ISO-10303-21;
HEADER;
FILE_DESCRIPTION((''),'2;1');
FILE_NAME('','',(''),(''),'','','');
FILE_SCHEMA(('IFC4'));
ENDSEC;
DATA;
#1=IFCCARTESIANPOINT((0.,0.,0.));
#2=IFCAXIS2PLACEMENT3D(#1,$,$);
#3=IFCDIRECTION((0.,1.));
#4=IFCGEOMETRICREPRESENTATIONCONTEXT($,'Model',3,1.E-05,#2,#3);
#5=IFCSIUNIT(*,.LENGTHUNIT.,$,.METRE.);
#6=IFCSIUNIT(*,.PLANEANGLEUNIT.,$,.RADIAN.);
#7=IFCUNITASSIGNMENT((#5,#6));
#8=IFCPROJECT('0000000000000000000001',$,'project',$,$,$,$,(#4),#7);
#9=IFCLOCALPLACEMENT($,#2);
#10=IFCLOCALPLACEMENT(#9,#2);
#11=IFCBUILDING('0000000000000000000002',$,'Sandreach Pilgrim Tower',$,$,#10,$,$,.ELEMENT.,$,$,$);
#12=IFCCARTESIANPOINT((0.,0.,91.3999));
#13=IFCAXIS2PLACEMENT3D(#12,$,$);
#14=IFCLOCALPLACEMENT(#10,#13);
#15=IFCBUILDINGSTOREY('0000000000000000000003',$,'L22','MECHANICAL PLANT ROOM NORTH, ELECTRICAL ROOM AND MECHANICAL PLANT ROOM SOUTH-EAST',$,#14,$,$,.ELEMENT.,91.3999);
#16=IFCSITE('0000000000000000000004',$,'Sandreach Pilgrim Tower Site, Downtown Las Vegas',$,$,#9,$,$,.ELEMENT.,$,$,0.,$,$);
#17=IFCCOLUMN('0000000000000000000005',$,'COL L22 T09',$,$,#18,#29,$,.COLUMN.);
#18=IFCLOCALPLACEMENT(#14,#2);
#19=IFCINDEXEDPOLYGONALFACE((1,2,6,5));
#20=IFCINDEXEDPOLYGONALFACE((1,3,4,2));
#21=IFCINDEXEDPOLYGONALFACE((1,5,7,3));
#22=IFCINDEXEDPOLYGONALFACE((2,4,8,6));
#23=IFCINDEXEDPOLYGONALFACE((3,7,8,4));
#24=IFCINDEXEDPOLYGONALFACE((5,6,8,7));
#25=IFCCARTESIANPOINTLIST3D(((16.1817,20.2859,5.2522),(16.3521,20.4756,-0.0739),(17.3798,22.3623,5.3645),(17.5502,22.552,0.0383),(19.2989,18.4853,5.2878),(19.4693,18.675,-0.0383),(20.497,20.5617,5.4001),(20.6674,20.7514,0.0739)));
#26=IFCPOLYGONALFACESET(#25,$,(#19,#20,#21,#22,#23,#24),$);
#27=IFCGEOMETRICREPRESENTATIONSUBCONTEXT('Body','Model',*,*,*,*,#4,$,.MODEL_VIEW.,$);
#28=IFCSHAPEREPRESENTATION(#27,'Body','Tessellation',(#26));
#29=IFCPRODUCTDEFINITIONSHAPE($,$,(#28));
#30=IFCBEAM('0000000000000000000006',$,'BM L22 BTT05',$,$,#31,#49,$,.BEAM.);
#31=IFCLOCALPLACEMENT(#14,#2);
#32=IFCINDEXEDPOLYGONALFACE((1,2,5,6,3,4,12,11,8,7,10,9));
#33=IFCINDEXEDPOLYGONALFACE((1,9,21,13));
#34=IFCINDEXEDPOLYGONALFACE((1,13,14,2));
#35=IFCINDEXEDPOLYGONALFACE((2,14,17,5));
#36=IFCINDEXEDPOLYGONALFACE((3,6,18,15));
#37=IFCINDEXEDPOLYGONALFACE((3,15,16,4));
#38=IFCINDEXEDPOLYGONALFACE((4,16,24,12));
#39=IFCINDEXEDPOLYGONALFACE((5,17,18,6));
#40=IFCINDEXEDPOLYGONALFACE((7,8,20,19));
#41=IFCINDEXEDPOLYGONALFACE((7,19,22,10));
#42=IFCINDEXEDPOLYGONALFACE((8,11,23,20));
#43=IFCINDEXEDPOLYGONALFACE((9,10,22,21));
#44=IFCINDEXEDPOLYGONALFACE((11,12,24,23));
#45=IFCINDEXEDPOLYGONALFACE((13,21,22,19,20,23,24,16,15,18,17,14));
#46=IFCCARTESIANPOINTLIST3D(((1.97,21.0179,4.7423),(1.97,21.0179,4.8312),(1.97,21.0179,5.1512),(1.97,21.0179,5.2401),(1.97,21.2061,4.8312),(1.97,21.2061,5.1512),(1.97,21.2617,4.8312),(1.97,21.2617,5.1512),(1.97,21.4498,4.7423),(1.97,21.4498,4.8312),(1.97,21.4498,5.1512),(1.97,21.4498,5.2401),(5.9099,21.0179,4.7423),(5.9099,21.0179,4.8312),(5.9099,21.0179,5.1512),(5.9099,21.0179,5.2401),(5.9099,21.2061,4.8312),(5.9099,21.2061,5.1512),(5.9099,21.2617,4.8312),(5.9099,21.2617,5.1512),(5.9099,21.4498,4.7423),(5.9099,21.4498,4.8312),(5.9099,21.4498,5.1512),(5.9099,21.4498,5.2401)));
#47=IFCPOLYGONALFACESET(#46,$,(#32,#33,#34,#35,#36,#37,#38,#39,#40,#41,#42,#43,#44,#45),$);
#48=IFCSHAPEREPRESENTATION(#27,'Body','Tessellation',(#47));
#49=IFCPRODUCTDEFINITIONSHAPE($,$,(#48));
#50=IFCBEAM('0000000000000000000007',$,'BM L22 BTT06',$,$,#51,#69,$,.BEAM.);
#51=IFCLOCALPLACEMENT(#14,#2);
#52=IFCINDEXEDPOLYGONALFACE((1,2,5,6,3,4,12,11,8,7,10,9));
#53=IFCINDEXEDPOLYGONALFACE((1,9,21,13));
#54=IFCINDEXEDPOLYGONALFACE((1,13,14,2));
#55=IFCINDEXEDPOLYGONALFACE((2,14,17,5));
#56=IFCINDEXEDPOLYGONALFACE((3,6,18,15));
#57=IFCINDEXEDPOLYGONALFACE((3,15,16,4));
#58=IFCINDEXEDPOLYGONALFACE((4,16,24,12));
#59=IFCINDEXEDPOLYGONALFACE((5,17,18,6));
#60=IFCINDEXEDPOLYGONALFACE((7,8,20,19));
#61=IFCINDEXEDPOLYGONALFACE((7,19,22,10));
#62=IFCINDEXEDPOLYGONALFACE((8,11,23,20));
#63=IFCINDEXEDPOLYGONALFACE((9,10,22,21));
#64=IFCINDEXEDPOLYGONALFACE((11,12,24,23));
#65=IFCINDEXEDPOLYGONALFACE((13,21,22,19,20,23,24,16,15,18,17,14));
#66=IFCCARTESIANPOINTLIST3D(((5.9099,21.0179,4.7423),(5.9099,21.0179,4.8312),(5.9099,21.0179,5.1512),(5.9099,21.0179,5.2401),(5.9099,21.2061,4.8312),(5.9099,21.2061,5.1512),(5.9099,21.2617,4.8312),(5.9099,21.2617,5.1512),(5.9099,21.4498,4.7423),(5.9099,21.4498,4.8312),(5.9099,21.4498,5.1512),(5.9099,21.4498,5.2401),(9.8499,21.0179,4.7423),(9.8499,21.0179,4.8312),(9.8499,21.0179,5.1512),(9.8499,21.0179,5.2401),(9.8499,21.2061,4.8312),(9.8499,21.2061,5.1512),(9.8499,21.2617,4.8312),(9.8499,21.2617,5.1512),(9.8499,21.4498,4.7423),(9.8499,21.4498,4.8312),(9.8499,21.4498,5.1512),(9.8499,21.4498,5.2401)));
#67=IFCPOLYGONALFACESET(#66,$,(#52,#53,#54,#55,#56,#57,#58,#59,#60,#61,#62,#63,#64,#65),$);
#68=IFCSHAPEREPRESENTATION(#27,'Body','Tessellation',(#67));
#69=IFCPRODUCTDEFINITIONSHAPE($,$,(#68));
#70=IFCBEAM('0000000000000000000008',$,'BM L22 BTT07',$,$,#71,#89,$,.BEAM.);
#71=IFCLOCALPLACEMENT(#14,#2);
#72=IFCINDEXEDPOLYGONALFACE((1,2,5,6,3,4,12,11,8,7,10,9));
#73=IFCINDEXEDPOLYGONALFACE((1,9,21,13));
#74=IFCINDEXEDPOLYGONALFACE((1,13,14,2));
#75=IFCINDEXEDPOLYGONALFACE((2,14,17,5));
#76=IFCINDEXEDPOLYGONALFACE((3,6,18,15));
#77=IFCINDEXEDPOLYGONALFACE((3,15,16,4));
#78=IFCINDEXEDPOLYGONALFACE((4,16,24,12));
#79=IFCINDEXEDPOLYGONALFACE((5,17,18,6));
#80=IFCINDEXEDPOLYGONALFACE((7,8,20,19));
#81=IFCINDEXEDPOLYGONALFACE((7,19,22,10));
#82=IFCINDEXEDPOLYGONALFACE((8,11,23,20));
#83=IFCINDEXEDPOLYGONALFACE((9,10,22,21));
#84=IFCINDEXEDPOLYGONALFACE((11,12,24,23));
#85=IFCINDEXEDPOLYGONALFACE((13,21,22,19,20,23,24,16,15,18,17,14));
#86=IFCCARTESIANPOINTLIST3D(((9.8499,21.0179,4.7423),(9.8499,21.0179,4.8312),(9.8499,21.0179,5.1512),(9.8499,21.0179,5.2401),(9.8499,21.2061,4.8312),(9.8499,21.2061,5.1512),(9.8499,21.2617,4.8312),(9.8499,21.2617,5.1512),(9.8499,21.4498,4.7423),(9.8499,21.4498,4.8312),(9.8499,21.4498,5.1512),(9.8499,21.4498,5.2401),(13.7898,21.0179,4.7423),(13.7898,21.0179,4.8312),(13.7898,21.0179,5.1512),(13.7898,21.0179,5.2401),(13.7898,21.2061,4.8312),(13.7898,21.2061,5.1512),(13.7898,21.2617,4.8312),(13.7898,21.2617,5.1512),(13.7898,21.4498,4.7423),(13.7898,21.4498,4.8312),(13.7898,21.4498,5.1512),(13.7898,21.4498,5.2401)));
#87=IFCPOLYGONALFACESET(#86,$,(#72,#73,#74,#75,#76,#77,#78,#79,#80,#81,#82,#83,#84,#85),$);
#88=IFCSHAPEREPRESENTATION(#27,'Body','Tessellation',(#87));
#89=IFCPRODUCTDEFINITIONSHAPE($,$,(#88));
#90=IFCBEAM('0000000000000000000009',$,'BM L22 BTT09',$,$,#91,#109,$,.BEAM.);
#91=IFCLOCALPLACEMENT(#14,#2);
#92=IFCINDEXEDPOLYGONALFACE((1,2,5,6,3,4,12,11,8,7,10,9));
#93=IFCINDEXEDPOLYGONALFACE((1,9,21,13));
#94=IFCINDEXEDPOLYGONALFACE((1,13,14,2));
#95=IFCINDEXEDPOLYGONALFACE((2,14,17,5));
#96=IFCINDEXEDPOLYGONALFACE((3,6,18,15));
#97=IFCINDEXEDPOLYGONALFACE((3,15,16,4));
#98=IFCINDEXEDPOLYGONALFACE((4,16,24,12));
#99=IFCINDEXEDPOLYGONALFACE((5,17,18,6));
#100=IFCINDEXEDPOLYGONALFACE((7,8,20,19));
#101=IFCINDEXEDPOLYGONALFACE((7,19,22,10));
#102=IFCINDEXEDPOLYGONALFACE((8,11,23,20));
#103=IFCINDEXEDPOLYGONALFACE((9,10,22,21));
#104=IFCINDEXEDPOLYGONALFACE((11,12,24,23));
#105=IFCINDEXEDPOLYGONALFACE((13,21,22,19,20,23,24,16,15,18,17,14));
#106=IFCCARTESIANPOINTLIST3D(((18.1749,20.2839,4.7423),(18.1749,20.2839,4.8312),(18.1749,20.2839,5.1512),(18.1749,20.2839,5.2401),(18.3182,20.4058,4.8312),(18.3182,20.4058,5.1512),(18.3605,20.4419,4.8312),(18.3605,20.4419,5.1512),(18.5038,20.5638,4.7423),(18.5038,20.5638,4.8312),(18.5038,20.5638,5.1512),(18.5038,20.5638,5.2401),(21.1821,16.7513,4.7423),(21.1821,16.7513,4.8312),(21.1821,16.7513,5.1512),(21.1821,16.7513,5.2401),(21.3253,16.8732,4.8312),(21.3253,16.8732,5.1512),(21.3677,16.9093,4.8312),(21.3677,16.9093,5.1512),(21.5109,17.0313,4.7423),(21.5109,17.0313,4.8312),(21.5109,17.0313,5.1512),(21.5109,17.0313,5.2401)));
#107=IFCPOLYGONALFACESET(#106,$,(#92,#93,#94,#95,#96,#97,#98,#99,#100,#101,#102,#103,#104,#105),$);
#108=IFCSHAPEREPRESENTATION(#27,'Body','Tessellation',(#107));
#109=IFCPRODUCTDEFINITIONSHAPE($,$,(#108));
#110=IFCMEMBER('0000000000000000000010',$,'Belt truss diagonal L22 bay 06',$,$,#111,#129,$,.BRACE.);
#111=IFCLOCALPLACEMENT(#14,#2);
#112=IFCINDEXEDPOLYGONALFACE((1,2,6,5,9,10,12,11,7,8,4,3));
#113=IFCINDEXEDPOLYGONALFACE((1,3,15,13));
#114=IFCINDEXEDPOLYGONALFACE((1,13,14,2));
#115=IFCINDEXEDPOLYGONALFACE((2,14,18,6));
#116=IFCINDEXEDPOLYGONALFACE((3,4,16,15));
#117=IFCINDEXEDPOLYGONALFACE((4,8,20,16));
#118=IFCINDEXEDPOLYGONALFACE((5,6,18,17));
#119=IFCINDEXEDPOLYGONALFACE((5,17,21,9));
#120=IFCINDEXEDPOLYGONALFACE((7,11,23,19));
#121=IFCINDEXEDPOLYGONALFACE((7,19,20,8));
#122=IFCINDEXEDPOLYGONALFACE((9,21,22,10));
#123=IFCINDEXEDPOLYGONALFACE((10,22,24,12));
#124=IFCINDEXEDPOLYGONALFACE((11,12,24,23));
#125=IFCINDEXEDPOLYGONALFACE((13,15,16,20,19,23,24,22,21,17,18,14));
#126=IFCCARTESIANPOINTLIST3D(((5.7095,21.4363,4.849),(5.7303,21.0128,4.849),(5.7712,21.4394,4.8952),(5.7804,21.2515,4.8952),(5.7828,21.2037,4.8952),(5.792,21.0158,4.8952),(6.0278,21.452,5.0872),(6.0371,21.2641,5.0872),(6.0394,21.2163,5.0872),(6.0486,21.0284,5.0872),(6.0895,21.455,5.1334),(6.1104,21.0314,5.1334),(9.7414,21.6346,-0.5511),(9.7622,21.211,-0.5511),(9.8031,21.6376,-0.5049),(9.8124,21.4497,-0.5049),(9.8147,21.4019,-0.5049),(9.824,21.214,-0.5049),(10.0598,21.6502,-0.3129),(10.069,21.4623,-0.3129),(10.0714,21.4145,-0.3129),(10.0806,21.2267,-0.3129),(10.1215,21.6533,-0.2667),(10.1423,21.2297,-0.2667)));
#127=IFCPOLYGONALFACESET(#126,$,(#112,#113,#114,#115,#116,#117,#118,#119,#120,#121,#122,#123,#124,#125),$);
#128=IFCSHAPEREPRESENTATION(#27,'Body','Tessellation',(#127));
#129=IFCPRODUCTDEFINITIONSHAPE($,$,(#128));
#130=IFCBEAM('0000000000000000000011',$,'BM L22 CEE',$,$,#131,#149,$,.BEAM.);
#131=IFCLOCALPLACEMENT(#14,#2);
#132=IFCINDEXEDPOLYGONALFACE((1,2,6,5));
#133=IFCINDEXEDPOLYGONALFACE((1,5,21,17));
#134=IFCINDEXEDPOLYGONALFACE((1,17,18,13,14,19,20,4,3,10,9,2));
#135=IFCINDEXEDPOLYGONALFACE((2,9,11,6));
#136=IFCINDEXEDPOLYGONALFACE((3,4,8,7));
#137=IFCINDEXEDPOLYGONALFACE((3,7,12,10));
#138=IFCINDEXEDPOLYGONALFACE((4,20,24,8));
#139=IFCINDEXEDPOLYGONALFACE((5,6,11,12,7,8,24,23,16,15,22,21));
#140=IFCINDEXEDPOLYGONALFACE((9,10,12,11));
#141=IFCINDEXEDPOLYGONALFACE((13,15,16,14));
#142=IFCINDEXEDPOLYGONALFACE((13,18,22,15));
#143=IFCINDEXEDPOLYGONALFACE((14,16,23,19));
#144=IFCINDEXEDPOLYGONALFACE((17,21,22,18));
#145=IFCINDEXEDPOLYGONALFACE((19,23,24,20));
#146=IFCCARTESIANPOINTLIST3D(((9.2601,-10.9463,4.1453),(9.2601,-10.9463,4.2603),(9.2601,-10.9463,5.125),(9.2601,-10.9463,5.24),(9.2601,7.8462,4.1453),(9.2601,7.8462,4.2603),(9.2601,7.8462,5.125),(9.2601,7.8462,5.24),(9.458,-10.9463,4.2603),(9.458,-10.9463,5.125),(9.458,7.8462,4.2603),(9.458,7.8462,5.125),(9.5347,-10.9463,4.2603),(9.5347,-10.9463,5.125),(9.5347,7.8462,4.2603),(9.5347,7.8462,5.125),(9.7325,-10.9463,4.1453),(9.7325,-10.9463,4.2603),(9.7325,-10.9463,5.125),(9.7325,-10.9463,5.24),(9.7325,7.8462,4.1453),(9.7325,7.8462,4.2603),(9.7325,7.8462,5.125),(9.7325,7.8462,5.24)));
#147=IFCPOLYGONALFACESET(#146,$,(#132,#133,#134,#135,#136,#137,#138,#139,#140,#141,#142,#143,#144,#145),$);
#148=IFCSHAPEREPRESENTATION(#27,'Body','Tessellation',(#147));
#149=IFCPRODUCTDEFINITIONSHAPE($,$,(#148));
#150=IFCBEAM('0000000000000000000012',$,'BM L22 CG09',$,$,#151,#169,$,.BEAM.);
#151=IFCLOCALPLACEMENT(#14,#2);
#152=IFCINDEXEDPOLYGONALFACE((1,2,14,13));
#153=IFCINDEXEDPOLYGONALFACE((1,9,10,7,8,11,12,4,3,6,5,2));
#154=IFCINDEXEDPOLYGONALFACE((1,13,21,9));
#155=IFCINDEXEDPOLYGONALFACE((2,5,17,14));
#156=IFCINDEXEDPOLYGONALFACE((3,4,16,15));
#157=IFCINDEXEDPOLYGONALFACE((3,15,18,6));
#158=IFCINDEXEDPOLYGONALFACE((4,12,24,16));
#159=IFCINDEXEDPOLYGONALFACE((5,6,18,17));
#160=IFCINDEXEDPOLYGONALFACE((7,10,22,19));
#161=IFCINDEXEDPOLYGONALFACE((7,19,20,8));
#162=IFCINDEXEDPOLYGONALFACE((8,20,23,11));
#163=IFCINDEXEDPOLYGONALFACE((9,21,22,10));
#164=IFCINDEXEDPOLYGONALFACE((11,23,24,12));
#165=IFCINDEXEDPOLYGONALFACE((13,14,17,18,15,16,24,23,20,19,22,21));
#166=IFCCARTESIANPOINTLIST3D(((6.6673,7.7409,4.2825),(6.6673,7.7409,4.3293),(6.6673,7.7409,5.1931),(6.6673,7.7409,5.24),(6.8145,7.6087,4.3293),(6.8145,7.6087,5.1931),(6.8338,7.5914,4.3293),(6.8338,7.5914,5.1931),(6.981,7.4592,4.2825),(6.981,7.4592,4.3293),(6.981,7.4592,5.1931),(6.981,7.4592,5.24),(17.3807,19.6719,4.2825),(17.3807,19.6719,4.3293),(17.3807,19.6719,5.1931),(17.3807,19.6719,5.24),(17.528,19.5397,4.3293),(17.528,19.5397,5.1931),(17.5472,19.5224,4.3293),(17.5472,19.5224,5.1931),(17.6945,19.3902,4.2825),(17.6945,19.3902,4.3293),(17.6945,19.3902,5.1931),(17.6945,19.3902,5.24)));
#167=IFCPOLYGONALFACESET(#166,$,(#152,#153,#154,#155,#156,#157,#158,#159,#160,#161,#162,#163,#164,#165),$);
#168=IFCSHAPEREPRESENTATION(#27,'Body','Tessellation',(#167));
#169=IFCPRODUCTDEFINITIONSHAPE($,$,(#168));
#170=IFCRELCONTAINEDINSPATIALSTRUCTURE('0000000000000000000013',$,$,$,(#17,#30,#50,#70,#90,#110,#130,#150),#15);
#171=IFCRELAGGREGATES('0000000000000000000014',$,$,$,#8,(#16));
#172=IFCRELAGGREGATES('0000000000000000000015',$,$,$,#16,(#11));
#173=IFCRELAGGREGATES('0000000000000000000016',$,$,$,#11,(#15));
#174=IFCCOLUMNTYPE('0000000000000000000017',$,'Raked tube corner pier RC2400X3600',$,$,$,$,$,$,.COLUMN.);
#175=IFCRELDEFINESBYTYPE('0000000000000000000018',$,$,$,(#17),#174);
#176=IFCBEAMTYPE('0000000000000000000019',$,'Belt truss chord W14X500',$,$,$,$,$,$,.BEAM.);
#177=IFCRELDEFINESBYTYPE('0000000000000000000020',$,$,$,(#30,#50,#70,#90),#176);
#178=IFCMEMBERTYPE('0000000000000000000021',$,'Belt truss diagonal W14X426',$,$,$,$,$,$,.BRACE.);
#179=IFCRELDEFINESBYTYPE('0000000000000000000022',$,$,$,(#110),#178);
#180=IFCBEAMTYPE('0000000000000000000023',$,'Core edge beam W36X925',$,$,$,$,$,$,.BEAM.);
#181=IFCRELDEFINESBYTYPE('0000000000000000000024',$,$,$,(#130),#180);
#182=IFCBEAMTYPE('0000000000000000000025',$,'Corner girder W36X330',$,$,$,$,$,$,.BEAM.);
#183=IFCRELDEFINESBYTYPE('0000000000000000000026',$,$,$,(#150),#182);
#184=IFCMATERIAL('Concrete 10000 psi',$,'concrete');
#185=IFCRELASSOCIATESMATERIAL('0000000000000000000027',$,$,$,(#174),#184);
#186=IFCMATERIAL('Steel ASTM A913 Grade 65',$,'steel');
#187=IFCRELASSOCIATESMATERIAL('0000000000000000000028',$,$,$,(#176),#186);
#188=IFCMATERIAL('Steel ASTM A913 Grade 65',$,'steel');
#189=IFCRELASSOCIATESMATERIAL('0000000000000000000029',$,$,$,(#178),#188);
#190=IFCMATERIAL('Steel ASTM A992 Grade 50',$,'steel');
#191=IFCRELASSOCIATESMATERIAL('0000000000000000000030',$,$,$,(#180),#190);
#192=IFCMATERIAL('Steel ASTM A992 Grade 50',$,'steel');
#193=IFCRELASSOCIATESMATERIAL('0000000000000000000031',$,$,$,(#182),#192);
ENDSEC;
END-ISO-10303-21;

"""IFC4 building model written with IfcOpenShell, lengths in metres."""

from ifc_helpers import new_model, si_unit, direction, frame, origin, origin_2d, place, context, subcontext, project, spatial, rectangle, i_section, extrude, material, material_profile, profile_set, type_object, element, save


model = new_model("IFC4")

# Units and contexts
model_context = context("Model", 3, precision=1e-05, world=origin(), true_north=direction((0.0, 1.0)))
body_context = subcontext(model_context, "Body", "Model", "MODEL_VIEW")
ifc_project = project(units=[si_unit("LENGTHUNIT", "METRE"), si_unit("PLANEANGLEUNIT", "RADIAN")], contexts=[model_context])

# Site, building, storey
site_placement = place(None, origin())
site = spatial("IfcSite", under=ifc_project, at=site_placement, Name="Sandreach Pilgrim Tower Site, Downtown Las Vegas", CompositionType="ELEMENT", RefElevation=0.0)
building_placement = place(site_placement, origin())
building = spatial("IfcBuilding", under=site, at=building_placement, Name="Sandreach Pilgrim Tower", CompositionType="ELEMENT")
storey_placement = place(building_placement, frame((0.0, 0.0, 91.3999)))
storey = spatial("IfcBuildingStorey", under=building, at=storey_placement, Name="L22", Description="MECHANICAL PLANT ROOM NORTH, ELECTRICAL ROOM AND MECHANICAL PLANT ROOM SOUTH-EAST", CompositionType="ELEMENT", Elevation=91.3999)

# Column
ifc_material_1 = material(Name="Concrete 10000 psi", Category="concrete")
ifc_material_profile_1 = material_profile(ifc_material_1, rectangle(XDim=2.3999, YDim=3.6001, at=origin_2d()), Name="RC2400X3600")
ifc_profile_set_1 = profile_set([ifc_material_profile_1], Name="Concrete 10000 psi")
column_type = type_object("IfcColumnType", Name="Raked tube corner pier RC2400X3600", PredefinedType="COLUMN", material=ifc_profile_set_1)
column_placement = place(storey_placement, frame((18.5098, 20.6135, 0.0), z_axis=(-0.031958, -0.035575, 0.998856), x_axis=(0.499237, 0.865201, 0.046788)))
element("IfcColumn", 1, at=column_placement, inside=storey, type_object=column_type, Name="COL L22 T09", PredefinedType="COLUMN", context=body_context, shape_type="SweptSolid", body=[
    extrude(rectangle(XDim=2.3999, YDim=3.6001, at=origin_2d()), origin(), (0.0, 0.0, 1.0), 5.3323),
])

# Beams
ifc_material_2 = material(Name="Steel ASTM A913 Grade 65", Category="steel")
ifc_material_profile_2 = material_profile(ifc_material_2, i_section(OverallWidth=0.4319, OverallDepth=0.4978, WebThickness=0.0557, FlangeThickness=0.0889, at=origin_2d()), Name="W14X500")
ifc_profile_set_2 = profile_set([ifc_material_profile_2], Name="Steel ASTM A913 Grade 65")
beam_type_1 = type_object("IfcBeamType", Name="Belt truss chord W14X500", PredefinedType="BEAM", material=ifc_profile_set_2)
for number, where, z_axis, x_axis, name in (
    (2, (1.97, 21.2339, 4.9912), (1.0, 0.0, 0.0), (0.0, 1.0, 0.0), "BM L22 BTT05"),
    (3, (5.9099, 21.2339, 4.9912), (1.0, 0.0, 0.0), (0.0, 1.0, 0.0), "BM L22 BTT06"),
    (4, (9.8499, 21.2339, 4.9912), (1.0, 0.0, 0.0), (0.0, 1.0, 0.0), "BM L22 BTT07"),
):
    element("IfcBeam", number, at=place(storey_placement, frame(where, z_axis=z_axis, x_axis=x_axis)), inside=storey, type_object=beam_type_1, Name=name, PredefinedType="BEAM", context=body_context, shape_type="SweptSolid", body=[
        extrude(i_section(OverallWidth=0.4319, OverallDepth=0.4978, WebThickness=0.0557, FlangeThickness=0.0889, at=origin_2d()), origin(), (0.0, 0.0, 1.0), 3.9399),
    ])
beam_1_placement = place(storey_placement, frame((18.3394, 20.4238, 4.9912), z_axis=(0.648209, -0.761463, 0.0), x_axis=(0.761463, 0.648209, 0.0)))
element("IfcBeam", 5, at=beam_1_placement, inside=storey, type_object=beam_type_1, Name="BM L22 BTT09", PredefinedType="BEAM", context=body_context, shape_type="SweptSolid", body=[
    extrude(i_section(OverallWidth=0.4319, OverallDepth=0.4978, WebThickness=0.0557, FlangeThickness=0.0889, at=origin_2d()), origin(), (0.0, 0.0, 1.0), 4.6392),
])

# Member
ifc_material_3 = material(Name="Steel ASTM A913 Grade 65", Category="steel")
ifc_material_profile_3 = material_profile(ifc_material_3, i_section(OverallWidth=0.4241, OverallDepth=0.4751, WebThickness=0.0479, FlangeThickness=0.0771, at=origin_2d()), Name="W14X426")
ifc_profile_set_3 = profile_set([ifc_material_profile_3], Name="Steel ASTM A913 Grade 65")
member_type = type_object("IfcMemberType", Name="Belt truss diagonal W14X426", PredefinedType="BRACE", material=ifc_profile_set_3)
member_placement = place(storey_placement, frame((5.9099, 21.2339, 4.9912), z_axis=(0.598018, 0.029403, -0.800943), x_axis=(-0.049108, 0.998793, 0.0)))
element("IfcMember", 6, at=member_placement, inside=storey, type_object=member_type, Name="Belt truss diagonal L22 bay 06", PredefinedType="BRACE", context=body_context, shape_type="SweptSolid", body=[
    extrude(i_section(OverallWidth=0.4241, OverallDepth=0.4751, WebThickness=0.0479, FlangeThickness=0.0771, at=origin_2d()), origin(), (0.0, 0.0, 1.0), 6.7422),
])

# Beams
ifc_material_4 = material(Name="Steel ASTM A992 Grade 50", Category="steel")
ifc_material_profile_4 = material_profile(ifc_material_4, i_section(OverallWidth=0.4724, OverallDepth=1.0947, WebThickness=0.0767, FlangeThickness=0.115, at=origin_2d()), Name="W36X925")
ifc_profile_set_4 = profile_set([ifc_material_profile_4], Name="Steel ASTM A992 Grade 50")
beam_type_2 = type_object("IfcBeamType", Name="Core edge beam W36X925", PredefinedType="BEAM", material=ifc_profile_set_4)
beam_2_placement = place(storey_placement, frame((9.4963, 7.8462, 4.6926), z_axis=(0.0, -1.0, 0.0), x_axis=(1.0, 0.0, 0.0)))
element("IfcBeam", 7, at=beam_2_placement, inside=storey, type_object=beam_type_2, Name="BM L22 CEE", PredefinedType="BEAM", context=body_context, shape_type="SweptSolid", body=[
    extrude(i_section(OverallWidth=0.4724, OverallDepth=1.0947, WebThickness=0.0767, FlangeThickness=0.115, at=origin_2d()), origin(), (0.0, 0.0, 1.0), 18.7925),
])
ifc_material_5 = material(Name="Steel ASTM A992 Grade 50", Category="steel")
ifc_material_profile_5 = material_profile(ifc_material_5, i_section(OverallWidth=0.4216, OverallDepth=0.9575, WebThickness=0.0259, FlangeThickness=0.0469, at=origin_2d()), Name="W36X330")
ifc_profile_set_5 = profile_set([ifc_material_profile_5], Name="Steel ASTM A992 Grade 50")
beam_type_3 = type_object("IfcBeamType", Name="Corner girder W36X330", PredefinedType="BEAM", material=ifc_profile_set_5)
beam_3_placement = place(storey_placement, frame((17.5376, 19.531, 4.7612), z_axis=(-0.668122, -0.744051, 0.0), x_axis=(0.744051, -0.668122, 0.0)))
element("IfcBeam", 8, at=beam_3_placement, inside=storey, type_object=beam_type_3, Name="BM L22 CG09", PredefinedType="BEAM", context=body_context, shape_type="SweptSolid", body=[
    extrude(i_section(OverallWidth=0.4216, OverallDepth=0.9575, WebThickness=0.0259, FlangeThickness=0.0469, at=origin_2d()), origin(), (0.0, 0.0, 1.0), 16.0352),
])

save(model, "model.ifc")
